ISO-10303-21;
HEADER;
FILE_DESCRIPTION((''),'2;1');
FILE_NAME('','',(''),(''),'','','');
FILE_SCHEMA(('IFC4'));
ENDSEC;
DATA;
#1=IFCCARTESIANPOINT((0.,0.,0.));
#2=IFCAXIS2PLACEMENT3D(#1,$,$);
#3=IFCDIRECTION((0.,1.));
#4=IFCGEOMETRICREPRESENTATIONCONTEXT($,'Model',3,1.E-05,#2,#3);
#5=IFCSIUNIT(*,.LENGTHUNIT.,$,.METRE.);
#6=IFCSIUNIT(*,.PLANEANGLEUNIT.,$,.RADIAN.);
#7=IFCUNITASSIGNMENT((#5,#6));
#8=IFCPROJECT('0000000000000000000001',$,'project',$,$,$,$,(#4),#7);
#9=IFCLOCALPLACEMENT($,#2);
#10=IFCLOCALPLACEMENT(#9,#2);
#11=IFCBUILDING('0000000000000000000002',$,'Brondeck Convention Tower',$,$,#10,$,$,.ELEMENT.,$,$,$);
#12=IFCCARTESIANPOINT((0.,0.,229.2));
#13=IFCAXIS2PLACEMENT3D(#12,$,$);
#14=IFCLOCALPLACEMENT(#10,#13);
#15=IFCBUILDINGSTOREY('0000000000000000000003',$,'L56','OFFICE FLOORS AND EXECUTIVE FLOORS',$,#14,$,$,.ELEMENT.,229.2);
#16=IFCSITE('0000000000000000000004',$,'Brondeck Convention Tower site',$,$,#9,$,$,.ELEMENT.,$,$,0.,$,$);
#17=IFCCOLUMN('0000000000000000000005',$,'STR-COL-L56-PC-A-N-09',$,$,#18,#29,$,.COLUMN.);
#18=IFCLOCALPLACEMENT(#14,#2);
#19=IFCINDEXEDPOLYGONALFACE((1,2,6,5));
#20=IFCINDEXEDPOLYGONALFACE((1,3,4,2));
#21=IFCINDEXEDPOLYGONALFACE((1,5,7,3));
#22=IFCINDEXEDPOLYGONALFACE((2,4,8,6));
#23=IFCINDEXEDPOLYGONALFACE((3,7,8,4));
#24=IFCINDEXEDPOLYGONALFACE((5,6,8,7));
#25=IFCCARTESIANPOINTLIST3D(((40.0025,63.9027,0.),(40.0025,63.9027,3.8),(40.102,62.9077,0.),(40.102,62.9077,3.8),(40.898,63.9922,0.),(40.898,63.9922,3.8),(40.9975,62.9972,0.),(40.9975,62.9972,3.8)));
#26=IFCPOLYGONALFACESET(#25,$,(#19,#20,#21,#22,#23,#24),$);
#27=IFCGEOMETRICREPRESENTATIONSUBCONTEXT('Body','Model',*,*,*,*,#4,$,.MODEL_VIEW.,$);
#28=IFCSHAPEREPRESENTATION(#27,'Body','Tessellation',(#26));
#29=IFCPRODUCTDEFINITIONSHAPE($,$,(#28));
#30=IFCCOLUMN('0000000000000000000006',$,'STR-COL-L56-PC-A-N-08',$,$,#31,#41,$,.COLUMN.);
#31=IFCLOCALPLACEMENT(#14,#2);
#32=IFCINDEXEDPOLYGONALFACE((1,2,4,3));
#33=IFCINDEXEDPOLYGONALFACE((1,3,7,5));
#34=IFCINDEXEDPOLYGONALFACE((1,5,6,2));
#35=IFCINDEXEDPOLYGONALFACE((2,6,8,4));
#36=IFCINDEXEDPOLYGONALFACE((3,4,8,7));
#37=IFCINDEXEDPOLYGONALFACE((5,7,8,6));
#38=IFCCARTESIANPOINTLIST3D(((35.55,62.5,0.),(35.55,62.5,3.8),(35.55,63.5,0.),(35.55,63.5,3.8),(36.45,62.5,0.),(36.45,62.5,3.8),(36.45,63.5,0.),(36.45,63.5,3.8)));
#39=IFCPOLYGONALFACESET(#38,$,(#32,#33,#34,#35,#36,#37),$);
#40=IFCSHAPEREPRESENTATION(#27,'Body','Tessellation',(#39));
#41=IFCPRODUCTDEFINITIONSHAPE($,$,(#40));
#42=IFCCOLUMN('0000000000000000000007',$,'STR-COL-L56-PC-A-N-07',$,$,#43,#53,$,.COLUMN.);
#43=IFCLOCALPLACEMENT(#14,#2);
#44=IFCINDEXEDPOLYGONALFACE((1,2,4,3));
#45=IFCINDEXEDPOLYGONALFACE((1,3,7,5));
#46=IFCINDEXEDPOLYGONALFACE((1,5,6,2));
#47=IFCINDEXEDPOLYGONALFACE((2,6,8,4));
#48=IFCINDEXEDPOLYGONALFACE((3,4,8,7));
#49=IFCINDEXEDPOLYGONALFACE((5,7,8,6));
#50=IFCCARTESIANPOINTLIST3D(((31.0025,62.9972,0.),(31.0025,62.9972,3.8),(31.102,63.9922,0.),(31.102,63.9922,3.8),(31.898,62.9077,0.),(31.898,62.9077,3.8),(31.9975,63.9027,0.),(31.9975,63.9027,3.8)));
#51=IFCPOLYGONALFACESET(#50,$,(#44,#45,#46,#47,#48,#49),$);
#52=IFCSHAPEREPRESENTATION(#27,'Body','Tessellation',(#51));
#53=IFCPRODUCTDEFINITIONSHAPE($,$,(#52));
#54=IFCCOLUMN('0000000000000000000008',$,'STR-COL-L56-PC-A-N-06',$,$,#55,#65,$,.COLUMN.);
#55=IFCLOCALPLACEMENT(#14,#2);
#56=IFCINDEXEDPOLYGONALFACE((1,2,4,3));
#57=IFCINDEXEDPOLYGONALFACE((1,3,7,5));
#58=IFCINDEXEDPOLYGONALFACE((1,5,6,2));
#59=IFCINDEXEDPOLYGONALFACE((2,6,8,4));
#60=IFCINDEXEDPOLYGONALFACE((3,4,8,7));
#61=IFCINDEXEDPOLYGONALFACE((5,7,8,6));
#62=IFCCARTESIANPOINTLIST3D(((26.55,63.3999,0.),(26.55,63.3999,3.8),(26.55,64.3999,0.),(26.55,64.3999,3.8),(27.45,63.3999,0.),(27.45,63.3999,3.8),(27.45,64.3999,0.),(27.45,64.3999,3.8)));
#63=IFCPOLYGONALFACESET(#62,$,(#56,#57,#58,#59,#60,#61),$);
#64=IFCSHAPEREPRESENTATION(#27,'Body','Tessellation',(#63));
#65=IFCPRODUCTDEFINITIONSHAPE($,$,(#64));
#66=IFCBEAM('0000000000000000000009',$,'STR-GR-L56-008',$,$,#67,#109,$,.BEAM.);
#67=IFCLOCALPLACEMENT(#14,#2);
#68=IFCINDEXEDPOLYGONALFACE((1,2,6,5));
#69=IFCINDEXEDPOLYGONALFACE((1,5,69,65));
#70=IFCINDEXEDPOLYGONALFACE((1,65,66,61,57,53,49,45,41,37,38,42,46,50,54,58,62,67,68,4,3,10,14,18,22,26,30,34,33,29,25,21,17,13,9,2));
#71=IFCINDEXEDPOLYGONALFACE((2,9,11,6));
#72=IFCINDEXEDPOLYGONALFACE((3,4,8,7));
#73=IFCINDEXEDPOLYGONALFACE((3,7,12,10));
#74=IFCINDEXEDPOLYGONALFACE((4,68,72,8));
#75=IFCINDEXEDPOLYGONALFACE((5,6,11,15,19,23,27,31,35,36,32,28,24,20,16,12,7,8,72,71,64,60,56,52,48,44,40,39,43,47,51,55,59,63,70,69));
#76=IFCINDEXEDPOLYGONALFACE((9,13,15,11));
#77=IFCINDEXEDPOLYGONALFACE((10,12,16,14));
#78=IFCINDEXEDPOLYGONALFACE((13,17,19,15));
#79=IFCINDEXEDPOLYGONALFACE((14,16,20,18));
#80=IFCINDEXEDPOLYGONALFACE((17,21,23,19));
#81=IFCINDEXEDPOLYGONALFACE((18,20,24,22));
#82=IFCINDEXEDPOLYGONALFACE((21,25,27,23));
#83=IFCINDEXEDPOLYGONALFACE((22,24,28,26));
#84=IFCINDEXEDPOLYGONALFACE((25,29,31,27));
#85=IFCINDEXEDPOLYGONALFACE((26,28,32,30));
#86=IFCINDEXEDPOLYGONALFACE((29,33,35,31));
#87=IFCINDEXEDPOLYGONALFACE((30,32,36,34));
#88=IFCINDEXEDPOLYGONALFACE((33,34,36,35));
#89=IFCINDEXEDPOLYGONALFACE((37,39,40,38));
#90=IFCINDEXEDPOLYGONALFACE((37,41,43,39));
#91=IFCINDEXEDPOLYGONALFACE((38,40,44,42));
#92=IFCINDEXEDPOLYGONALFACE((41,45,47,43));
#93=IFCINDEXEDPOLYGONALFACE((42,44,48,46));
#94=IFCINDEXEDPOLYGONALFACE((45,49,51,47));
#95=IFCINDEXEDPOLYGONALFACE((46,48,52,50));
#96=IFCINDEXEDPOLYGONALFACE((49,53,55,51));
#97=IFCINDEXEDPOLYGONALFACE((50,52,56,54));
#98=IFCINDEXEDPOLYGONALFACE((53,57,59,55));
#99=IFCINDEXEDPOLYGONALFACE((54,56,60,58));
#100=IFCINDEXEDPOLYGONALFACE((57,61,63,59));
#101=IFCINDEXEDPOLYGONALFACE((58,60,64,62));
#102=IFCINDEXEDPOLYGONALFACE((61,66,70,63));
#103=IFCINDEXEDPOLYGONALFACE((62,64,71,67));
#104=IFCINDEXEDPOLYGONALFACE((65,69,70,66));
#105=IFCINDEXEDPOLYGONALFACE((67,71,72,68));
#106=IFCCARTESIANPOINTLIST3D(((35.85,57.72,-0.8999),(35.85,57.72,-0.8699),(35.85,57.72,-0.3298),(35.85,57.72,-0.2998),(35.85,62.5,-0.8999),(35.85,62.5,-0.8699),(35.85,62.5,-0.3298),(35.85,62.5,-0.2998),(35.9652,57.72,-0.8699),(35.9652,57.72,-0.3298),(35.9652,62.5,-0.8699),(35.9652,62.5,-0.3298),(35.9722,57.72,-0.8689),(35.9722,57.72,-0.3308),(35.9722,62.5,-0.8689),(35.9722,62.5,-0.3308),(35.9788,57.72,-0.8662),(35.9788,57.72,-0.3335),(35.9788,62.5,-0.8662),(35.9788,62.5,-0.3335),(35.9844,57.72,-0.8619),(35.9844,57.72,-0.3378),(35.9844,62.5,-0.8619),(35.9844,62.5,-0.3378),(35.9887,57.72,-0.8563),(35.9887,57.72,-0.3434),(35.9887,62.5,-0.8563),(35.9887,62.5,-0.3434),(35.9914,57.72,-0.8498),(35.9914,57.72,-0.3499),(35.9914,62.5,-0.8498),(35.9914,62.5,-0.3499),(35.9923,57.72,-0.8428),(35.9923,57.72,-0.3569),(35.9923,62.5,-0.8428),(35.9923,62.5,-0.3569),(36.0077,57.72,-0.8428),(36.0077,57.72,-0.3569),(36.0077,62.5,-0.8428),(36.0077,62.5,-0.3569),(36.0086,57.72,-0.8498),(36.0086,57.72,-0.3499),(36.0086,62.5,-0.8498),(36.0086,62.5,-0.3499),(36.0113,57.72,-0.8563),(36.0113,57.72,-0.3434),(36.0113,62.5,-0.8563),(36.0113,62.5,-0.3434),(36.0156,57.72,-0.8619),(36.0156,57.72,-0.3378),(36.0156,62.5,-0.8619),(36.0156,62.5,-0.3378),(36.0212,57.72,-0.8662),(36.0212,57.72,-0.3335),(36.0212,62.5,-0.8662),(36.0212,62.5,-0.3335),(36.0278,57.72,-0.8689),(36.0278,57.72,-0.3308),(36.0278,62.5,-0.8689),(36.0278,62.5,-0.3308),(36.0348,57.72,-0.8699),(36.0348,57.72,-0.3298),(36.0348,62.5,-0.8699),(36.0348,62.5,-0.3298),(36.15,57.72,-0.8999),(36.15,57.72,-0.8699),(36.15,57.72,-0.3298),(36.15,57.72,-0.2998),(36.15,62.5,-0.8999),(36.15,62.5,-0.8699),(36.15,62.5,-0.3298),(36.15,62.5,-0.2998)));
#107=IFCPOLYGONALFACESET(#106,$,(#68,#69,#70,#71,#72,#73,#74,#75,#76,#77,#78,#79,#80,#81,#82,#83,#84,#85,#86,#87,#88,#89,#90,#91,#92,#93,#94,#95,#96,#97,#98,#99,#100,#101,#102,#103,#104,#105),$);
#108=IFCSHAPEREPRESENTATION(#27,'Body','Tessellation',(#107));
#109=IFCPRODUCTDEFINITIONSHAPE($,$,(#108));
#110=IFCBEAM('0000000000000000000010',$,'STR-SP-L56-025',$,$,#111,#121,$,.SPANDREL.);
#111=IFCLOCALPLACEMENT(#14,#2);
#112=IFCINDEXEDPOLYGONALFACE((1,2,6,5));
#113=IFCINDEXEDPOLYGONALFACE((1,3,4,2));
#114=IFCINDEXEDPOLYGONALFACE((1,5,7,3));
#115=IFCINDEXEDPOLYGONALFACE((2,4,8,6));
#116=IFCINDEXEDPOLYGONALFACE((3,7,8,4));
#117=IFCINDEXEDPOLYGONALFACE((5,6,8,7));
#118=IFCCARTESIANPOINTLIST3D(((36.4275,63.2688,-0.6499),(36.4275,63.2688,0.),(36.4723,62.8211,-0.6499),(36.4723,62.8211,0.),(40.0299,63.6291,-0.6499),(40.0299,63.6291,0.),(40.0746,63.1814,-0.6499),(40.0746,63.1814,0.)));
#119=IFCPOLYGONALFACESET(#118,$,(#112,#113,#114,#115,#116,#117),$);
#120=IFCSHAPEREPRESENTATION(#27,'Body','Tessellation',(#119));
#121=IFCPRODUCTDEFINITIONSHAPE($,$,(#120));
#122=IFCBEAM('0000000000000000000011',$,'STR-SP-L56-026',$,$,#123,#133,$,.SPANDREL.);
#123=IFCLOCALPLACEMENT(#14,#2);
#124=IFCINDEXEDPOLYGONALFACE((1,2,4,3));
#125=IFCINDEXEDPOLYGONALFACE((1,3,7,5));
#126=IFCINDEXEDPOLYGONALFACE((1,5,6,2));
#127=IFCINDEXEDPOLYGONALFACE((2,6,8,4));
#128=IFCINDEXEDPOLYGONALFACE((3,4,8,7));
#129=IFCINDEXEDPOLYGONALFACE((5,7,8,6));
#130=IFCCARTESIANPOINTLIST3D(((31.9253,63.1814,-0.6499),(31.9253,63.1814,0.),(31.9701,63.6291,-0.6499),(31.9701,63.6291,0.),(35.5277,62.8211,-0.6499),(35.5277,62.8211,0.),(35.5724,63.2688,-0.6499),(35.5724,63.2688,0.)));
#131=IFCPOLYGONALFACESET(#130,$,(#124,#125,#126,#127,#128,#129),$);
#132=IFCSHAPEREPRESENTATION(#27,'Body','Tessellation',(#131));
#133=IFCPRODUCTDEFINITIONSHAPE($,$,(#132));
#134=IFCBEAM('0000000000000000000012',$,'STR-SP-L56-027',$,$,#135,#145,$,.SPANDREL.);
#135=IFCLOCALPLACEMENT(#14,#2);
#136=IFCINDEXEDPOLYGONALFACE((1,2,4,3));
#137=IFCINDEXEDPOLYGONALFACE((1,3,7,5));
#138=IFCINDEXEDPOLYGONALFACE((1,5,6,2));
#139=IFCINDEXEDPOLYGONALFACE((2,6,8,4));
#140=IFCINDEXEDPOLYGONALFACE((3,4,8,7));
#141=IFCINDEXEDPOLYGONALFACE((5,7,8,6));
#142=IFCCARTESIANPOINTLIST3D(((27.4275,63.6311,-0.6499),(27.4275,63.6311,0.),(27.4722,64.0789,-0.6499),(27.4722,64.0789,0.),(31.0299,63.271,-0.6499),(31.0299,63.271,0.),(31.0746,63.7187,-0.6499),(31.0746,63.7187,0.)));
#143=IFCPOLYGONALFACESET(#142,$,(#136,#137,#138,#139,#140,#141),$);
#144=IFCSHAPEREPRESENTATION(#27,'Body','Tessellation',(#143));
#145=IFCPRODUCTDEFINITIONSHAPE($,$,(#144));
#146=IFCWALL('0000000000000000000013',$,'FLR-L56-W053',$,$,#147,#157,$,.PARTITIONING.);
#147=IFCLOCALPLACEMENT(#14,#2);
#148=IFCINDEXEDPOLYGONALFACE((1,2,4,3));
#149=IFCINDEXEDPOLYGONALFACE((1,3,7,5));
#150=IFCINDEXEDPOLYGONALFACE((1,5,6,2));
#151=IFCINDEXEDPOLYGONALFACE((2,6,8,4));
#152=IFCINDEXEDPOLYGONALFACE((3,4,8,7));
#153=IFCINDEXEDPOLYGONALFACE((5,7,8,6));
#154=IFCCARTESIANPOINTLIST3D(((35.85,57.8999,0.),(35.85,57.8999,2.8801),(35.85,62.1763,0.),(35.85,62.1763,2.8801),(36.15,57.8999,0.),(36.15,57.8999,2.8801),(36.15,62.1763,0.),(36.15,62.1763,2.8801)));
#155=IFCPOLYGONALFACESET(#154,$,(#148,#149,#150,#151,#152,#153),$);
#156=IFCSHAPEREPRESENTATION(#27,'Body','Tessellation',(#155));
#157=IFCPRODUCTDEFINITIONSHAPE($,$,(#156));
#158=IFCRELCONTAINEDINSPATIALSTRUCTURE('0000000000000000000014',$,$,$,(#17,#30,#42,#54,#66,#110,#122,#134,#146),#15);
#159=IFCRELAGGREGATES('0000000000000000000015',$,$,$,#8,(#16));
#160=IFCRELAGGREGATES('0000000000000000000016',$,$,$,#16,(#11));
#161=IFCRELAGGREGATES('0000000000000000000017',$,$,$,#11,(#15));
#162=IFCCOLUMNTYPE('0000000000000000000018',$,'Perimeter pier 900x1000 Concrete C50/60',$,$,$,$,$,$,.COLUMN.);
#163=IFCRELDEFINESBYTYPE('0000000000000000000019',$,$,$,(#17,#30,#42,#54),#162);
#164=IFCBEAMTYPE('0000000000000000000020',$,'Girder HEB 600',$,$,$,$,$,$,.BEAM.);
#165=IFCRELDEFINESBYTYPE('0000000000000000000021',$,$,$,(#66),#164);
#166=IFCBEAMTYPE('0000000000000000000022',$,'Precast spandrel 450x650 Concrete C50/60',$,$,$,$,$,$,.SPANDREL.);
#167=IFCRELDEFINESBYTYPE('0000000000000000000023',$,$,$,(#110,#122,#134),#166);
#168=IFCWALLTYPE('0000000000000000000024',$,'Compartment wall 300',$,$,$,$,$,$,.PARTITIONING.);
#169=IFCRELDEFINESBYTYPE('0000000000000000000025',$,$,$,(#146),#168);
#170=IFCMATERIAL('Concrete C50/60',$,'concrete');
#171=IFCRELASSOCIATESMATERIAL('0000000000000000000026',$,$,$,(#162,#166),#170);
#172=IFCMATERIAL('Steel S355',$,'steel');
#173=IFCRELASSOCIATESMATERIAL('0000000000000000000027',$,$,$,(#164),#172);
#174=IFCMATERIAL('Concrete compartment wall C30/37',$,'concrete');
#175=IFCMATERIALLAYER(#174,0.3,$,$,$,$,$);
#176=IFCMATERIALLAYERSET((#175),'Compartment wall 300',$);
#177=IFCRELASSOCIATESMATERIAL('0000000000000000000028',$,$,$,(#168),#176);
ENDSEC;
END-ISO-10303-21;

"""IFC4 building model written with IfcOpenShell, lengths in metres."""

from ifc_helpers import new_model, si_unit, direction, frame, frame_2d, origin, origin_2d, place, context, subcontext, project, spatial, rectangle, i_section, extrude, material, layer, layer_set, material_profile, profile_set, type_object, element, save


model = new_model("IFC4")

# Units and contexts
model_context = context("Model", 3, precision=1e-05, world=origin(), true_north=direction((0.0, 1.0)))
body_context = subcontext(model_context, "Body", "Model", "MODEL_VIEW")
ifc_project = project(units=[si_unit("LENGTHUNIT", "METRE"), si_unit("PLANEANGLEUNIT", "RADIAN")], contexts=[model_context])

# Site, building, storey
site_placement = place(None, origin())
site = spatial("IfcSite", under=ifc_project, at=site_placement, Name="Brondeck Convention Tower site", CompositionType="ELEMENT", RefElevation=0.0)
building_placement = place(site_placement, origin())
building = spatial("IfcBuilding", under=site, at=building_placement, Name="Brondeck Convention Tower", CompositionType="ELEMENT")
storey_placement = place(building_placement, frame((0.0, 0.0, 229.2)))
storey = spatial("IfcBuildingStorey", under=building, at=storey_placement, Name="L56", Description="OFFICE FLOORS AND EXECUTIVE FLOORS", CompositionType="ELEMENT", Elevation=229.2)

# Columns
ifc_material_1 = material(Name="Concrete C50/60", Category="concrete")
ifc_material_profile_1 = material_profile(ifc_material_1, rectangle(XDim=0.8999, YDim=1.0, at=origin_2d()), Name="Perimeter pier 900x1000 Concrete C50/60")
ifc_profile_set_1 = profile_set([ifc_material_profile_1], Name="Concrete C50/60")
column_type = type_object("IfcColumnType", Name="Perimeter pier 900x1000 Concrete C50/60", PredefinedType="COLUMN", material=ifc_profile_set_1)
for number, where, z_axis, x_axis, name in (
    (1, (40.5, 63.45, 0.0), (0.0, 0.0, 1.0), (-0.995037, -0.099504, 0.0), "STR-COL-L56-PC-A-N-09"),
    (2, (36.0, 63.0, 0.0), (0.0, 0.0, 1.0), (-1.0, 0.0, 0.0), "STR-COL-L56-PC-A-N-08"),
    (3, (31.5, 63.45, 0.0), (0.0, 0.0, 1.0), (-0.995037, 0.099504, 0.0), "STR-COL-L56-PC-A-N-07"),
    (4, (27.0, 63.8999, 0.0), (0.0, 0.0, 1.0), (-1.0, 0.0, 0.0), "STR-COL-L56-PC-A-N-06"),
):
    element("IfcColumn", number, at=place(storey_placement, frame(where, z_axis=z_axis, x_axis=x_axis)), inside=storey, type_object=column_type, Name=name, PredefinedType="COLUMN", context=body_context, shape_type="SweptSolid", body=[
        extrude(rectangle(XDim=0.8999, YDim=1.0, at=origin_2d()), origin(), (0.0, 0.0, 1.0), 3.8),
    ])

# Beams
ifc_material_2 = material(Name="Steel S355", Category="steel")
ifc_material_profile_2 = material_profile(ifc_material_2, i_section(OverallWidth=0.3, OverallDepth=0.6001, WebThickness=0.0154, FlangeThickness=0.03, FilletRadius=0.0271, at=origin_2d()), Name="HEB 600")
ifc_profile_set_2 = profile_set([ifc_material_profile_2], Name="Steel S355")
beam_type_1 = type_object("IfcBeamType", Name="Girder HEB 600", PredefinedType="BEAM", material=ifc_profile_set_2)
beam_placement = place(storey_placement, frame((36.0, 57.72, -0.5999), z_axis=(0.0, 1.0, 0.0), x_axis=(-1.0, 0.0, 0.0)))
element("IfcBeam", 5, at=beam_placement, inside=storey, type_object=beam_type_1, Name="STR-GR-L56-008", PredefinedType="BEAM", context=body_context, shape_type="SweptSolid", body=[
    extrude(i_section(OverallWidth=0.3, OverallDepth=0.6001, WebThickness=0.0154, FlangeThickness=0.03, FilletRadius=0.0271, at=origin_2d()), origin(), (0.0, 0.0, 1.0), 4.78),
])
ifc_material_profile_3 = material_profile(ifc_material_1, rectangle(XDim=0.45, YDim=0.6499, at=origin_2d()), Name="Precast spandrel 450x650 Concrete C50/60")
ifc_profile_set_3 = profile_set([ifc_material_profile_3], Name="Concrete C50/60")
beam_type_2 = type_object("IfcBeamType", Name="Precast spandrel 450x650 Concrete C50/60", PredefinedType="SPANDREL", material=ifc_profile_set_3)
for number, where, z_axis, x_axis, name in (
    (6, (40.0522, 63.4053, -0.325), (-0.995034, -0.099537, 0.0), (0.099537, -0.995034, 0.0), "STR-SP-L56-025"),
    (7, (35.55, 63.0449, -0.325), (-0.995034, 0.099537, 0.0), (-0.099537, -0.995034, 0.0), "STR-SP-L56-026"),
    (8, (31.0522, 63.4949, -0.325), (-0.995041, 0.09947, 0.0), (-0.09947, -0.995041, 0.0), "STR-SP-L56-027"),
):
    element("IfcBeam", number, at=place(storey_placement, frame(where, z_axis=z_axis, x_axis=x_axis)), inside=storey, type_object=beam_type_2, Name=name, PredefinedType="SPANDREL", context=body_context, shape_type="SweptSolid", body=[
        extrude(rectangle(XDim=0.45, YDim=0.6499, at=origin_2d()), origin(), (0.0, 0.0, 1.0), 3.6204),
    ])

# Wall
ifc_material_3 = material(Name="Concrete compartment wall C30/37", Category="concrete")
ifc_layer_1 = layer(ifc_material_3, 0.3)
ifc_layer_set_1 = layer_set([ifc_layer_1], Name="Compartment wall 300")
wall_type_1 = type_object("IfcWallType", Name="Compartment wall 300", PredefinedType="PARTITIONING", material=ifc_layer_set_1)
wall_1_placement = place(storey_placement, frame((36.0, 57.8999, 0.0), z_axis=(0.0, 0.0, 1.0), x_axis=(0.0, 1.0, 0.0)))
element("IfcWall", 9, at=wall_1_placement, inside=storey, type_object=wall_type_1, Name="FLR-L56-W053", PredefinedType="PARTITIONING", context=body_context, shape_type="SweptSolid", body=[
    extrude(rectangle(XDim=4.2764, YDim=0.3, at=frame_2d((2.1382, 0.0))), origin(), (0.0, 0.0, 1.0), 2.8801),
])

save(model, "model.ifc")
